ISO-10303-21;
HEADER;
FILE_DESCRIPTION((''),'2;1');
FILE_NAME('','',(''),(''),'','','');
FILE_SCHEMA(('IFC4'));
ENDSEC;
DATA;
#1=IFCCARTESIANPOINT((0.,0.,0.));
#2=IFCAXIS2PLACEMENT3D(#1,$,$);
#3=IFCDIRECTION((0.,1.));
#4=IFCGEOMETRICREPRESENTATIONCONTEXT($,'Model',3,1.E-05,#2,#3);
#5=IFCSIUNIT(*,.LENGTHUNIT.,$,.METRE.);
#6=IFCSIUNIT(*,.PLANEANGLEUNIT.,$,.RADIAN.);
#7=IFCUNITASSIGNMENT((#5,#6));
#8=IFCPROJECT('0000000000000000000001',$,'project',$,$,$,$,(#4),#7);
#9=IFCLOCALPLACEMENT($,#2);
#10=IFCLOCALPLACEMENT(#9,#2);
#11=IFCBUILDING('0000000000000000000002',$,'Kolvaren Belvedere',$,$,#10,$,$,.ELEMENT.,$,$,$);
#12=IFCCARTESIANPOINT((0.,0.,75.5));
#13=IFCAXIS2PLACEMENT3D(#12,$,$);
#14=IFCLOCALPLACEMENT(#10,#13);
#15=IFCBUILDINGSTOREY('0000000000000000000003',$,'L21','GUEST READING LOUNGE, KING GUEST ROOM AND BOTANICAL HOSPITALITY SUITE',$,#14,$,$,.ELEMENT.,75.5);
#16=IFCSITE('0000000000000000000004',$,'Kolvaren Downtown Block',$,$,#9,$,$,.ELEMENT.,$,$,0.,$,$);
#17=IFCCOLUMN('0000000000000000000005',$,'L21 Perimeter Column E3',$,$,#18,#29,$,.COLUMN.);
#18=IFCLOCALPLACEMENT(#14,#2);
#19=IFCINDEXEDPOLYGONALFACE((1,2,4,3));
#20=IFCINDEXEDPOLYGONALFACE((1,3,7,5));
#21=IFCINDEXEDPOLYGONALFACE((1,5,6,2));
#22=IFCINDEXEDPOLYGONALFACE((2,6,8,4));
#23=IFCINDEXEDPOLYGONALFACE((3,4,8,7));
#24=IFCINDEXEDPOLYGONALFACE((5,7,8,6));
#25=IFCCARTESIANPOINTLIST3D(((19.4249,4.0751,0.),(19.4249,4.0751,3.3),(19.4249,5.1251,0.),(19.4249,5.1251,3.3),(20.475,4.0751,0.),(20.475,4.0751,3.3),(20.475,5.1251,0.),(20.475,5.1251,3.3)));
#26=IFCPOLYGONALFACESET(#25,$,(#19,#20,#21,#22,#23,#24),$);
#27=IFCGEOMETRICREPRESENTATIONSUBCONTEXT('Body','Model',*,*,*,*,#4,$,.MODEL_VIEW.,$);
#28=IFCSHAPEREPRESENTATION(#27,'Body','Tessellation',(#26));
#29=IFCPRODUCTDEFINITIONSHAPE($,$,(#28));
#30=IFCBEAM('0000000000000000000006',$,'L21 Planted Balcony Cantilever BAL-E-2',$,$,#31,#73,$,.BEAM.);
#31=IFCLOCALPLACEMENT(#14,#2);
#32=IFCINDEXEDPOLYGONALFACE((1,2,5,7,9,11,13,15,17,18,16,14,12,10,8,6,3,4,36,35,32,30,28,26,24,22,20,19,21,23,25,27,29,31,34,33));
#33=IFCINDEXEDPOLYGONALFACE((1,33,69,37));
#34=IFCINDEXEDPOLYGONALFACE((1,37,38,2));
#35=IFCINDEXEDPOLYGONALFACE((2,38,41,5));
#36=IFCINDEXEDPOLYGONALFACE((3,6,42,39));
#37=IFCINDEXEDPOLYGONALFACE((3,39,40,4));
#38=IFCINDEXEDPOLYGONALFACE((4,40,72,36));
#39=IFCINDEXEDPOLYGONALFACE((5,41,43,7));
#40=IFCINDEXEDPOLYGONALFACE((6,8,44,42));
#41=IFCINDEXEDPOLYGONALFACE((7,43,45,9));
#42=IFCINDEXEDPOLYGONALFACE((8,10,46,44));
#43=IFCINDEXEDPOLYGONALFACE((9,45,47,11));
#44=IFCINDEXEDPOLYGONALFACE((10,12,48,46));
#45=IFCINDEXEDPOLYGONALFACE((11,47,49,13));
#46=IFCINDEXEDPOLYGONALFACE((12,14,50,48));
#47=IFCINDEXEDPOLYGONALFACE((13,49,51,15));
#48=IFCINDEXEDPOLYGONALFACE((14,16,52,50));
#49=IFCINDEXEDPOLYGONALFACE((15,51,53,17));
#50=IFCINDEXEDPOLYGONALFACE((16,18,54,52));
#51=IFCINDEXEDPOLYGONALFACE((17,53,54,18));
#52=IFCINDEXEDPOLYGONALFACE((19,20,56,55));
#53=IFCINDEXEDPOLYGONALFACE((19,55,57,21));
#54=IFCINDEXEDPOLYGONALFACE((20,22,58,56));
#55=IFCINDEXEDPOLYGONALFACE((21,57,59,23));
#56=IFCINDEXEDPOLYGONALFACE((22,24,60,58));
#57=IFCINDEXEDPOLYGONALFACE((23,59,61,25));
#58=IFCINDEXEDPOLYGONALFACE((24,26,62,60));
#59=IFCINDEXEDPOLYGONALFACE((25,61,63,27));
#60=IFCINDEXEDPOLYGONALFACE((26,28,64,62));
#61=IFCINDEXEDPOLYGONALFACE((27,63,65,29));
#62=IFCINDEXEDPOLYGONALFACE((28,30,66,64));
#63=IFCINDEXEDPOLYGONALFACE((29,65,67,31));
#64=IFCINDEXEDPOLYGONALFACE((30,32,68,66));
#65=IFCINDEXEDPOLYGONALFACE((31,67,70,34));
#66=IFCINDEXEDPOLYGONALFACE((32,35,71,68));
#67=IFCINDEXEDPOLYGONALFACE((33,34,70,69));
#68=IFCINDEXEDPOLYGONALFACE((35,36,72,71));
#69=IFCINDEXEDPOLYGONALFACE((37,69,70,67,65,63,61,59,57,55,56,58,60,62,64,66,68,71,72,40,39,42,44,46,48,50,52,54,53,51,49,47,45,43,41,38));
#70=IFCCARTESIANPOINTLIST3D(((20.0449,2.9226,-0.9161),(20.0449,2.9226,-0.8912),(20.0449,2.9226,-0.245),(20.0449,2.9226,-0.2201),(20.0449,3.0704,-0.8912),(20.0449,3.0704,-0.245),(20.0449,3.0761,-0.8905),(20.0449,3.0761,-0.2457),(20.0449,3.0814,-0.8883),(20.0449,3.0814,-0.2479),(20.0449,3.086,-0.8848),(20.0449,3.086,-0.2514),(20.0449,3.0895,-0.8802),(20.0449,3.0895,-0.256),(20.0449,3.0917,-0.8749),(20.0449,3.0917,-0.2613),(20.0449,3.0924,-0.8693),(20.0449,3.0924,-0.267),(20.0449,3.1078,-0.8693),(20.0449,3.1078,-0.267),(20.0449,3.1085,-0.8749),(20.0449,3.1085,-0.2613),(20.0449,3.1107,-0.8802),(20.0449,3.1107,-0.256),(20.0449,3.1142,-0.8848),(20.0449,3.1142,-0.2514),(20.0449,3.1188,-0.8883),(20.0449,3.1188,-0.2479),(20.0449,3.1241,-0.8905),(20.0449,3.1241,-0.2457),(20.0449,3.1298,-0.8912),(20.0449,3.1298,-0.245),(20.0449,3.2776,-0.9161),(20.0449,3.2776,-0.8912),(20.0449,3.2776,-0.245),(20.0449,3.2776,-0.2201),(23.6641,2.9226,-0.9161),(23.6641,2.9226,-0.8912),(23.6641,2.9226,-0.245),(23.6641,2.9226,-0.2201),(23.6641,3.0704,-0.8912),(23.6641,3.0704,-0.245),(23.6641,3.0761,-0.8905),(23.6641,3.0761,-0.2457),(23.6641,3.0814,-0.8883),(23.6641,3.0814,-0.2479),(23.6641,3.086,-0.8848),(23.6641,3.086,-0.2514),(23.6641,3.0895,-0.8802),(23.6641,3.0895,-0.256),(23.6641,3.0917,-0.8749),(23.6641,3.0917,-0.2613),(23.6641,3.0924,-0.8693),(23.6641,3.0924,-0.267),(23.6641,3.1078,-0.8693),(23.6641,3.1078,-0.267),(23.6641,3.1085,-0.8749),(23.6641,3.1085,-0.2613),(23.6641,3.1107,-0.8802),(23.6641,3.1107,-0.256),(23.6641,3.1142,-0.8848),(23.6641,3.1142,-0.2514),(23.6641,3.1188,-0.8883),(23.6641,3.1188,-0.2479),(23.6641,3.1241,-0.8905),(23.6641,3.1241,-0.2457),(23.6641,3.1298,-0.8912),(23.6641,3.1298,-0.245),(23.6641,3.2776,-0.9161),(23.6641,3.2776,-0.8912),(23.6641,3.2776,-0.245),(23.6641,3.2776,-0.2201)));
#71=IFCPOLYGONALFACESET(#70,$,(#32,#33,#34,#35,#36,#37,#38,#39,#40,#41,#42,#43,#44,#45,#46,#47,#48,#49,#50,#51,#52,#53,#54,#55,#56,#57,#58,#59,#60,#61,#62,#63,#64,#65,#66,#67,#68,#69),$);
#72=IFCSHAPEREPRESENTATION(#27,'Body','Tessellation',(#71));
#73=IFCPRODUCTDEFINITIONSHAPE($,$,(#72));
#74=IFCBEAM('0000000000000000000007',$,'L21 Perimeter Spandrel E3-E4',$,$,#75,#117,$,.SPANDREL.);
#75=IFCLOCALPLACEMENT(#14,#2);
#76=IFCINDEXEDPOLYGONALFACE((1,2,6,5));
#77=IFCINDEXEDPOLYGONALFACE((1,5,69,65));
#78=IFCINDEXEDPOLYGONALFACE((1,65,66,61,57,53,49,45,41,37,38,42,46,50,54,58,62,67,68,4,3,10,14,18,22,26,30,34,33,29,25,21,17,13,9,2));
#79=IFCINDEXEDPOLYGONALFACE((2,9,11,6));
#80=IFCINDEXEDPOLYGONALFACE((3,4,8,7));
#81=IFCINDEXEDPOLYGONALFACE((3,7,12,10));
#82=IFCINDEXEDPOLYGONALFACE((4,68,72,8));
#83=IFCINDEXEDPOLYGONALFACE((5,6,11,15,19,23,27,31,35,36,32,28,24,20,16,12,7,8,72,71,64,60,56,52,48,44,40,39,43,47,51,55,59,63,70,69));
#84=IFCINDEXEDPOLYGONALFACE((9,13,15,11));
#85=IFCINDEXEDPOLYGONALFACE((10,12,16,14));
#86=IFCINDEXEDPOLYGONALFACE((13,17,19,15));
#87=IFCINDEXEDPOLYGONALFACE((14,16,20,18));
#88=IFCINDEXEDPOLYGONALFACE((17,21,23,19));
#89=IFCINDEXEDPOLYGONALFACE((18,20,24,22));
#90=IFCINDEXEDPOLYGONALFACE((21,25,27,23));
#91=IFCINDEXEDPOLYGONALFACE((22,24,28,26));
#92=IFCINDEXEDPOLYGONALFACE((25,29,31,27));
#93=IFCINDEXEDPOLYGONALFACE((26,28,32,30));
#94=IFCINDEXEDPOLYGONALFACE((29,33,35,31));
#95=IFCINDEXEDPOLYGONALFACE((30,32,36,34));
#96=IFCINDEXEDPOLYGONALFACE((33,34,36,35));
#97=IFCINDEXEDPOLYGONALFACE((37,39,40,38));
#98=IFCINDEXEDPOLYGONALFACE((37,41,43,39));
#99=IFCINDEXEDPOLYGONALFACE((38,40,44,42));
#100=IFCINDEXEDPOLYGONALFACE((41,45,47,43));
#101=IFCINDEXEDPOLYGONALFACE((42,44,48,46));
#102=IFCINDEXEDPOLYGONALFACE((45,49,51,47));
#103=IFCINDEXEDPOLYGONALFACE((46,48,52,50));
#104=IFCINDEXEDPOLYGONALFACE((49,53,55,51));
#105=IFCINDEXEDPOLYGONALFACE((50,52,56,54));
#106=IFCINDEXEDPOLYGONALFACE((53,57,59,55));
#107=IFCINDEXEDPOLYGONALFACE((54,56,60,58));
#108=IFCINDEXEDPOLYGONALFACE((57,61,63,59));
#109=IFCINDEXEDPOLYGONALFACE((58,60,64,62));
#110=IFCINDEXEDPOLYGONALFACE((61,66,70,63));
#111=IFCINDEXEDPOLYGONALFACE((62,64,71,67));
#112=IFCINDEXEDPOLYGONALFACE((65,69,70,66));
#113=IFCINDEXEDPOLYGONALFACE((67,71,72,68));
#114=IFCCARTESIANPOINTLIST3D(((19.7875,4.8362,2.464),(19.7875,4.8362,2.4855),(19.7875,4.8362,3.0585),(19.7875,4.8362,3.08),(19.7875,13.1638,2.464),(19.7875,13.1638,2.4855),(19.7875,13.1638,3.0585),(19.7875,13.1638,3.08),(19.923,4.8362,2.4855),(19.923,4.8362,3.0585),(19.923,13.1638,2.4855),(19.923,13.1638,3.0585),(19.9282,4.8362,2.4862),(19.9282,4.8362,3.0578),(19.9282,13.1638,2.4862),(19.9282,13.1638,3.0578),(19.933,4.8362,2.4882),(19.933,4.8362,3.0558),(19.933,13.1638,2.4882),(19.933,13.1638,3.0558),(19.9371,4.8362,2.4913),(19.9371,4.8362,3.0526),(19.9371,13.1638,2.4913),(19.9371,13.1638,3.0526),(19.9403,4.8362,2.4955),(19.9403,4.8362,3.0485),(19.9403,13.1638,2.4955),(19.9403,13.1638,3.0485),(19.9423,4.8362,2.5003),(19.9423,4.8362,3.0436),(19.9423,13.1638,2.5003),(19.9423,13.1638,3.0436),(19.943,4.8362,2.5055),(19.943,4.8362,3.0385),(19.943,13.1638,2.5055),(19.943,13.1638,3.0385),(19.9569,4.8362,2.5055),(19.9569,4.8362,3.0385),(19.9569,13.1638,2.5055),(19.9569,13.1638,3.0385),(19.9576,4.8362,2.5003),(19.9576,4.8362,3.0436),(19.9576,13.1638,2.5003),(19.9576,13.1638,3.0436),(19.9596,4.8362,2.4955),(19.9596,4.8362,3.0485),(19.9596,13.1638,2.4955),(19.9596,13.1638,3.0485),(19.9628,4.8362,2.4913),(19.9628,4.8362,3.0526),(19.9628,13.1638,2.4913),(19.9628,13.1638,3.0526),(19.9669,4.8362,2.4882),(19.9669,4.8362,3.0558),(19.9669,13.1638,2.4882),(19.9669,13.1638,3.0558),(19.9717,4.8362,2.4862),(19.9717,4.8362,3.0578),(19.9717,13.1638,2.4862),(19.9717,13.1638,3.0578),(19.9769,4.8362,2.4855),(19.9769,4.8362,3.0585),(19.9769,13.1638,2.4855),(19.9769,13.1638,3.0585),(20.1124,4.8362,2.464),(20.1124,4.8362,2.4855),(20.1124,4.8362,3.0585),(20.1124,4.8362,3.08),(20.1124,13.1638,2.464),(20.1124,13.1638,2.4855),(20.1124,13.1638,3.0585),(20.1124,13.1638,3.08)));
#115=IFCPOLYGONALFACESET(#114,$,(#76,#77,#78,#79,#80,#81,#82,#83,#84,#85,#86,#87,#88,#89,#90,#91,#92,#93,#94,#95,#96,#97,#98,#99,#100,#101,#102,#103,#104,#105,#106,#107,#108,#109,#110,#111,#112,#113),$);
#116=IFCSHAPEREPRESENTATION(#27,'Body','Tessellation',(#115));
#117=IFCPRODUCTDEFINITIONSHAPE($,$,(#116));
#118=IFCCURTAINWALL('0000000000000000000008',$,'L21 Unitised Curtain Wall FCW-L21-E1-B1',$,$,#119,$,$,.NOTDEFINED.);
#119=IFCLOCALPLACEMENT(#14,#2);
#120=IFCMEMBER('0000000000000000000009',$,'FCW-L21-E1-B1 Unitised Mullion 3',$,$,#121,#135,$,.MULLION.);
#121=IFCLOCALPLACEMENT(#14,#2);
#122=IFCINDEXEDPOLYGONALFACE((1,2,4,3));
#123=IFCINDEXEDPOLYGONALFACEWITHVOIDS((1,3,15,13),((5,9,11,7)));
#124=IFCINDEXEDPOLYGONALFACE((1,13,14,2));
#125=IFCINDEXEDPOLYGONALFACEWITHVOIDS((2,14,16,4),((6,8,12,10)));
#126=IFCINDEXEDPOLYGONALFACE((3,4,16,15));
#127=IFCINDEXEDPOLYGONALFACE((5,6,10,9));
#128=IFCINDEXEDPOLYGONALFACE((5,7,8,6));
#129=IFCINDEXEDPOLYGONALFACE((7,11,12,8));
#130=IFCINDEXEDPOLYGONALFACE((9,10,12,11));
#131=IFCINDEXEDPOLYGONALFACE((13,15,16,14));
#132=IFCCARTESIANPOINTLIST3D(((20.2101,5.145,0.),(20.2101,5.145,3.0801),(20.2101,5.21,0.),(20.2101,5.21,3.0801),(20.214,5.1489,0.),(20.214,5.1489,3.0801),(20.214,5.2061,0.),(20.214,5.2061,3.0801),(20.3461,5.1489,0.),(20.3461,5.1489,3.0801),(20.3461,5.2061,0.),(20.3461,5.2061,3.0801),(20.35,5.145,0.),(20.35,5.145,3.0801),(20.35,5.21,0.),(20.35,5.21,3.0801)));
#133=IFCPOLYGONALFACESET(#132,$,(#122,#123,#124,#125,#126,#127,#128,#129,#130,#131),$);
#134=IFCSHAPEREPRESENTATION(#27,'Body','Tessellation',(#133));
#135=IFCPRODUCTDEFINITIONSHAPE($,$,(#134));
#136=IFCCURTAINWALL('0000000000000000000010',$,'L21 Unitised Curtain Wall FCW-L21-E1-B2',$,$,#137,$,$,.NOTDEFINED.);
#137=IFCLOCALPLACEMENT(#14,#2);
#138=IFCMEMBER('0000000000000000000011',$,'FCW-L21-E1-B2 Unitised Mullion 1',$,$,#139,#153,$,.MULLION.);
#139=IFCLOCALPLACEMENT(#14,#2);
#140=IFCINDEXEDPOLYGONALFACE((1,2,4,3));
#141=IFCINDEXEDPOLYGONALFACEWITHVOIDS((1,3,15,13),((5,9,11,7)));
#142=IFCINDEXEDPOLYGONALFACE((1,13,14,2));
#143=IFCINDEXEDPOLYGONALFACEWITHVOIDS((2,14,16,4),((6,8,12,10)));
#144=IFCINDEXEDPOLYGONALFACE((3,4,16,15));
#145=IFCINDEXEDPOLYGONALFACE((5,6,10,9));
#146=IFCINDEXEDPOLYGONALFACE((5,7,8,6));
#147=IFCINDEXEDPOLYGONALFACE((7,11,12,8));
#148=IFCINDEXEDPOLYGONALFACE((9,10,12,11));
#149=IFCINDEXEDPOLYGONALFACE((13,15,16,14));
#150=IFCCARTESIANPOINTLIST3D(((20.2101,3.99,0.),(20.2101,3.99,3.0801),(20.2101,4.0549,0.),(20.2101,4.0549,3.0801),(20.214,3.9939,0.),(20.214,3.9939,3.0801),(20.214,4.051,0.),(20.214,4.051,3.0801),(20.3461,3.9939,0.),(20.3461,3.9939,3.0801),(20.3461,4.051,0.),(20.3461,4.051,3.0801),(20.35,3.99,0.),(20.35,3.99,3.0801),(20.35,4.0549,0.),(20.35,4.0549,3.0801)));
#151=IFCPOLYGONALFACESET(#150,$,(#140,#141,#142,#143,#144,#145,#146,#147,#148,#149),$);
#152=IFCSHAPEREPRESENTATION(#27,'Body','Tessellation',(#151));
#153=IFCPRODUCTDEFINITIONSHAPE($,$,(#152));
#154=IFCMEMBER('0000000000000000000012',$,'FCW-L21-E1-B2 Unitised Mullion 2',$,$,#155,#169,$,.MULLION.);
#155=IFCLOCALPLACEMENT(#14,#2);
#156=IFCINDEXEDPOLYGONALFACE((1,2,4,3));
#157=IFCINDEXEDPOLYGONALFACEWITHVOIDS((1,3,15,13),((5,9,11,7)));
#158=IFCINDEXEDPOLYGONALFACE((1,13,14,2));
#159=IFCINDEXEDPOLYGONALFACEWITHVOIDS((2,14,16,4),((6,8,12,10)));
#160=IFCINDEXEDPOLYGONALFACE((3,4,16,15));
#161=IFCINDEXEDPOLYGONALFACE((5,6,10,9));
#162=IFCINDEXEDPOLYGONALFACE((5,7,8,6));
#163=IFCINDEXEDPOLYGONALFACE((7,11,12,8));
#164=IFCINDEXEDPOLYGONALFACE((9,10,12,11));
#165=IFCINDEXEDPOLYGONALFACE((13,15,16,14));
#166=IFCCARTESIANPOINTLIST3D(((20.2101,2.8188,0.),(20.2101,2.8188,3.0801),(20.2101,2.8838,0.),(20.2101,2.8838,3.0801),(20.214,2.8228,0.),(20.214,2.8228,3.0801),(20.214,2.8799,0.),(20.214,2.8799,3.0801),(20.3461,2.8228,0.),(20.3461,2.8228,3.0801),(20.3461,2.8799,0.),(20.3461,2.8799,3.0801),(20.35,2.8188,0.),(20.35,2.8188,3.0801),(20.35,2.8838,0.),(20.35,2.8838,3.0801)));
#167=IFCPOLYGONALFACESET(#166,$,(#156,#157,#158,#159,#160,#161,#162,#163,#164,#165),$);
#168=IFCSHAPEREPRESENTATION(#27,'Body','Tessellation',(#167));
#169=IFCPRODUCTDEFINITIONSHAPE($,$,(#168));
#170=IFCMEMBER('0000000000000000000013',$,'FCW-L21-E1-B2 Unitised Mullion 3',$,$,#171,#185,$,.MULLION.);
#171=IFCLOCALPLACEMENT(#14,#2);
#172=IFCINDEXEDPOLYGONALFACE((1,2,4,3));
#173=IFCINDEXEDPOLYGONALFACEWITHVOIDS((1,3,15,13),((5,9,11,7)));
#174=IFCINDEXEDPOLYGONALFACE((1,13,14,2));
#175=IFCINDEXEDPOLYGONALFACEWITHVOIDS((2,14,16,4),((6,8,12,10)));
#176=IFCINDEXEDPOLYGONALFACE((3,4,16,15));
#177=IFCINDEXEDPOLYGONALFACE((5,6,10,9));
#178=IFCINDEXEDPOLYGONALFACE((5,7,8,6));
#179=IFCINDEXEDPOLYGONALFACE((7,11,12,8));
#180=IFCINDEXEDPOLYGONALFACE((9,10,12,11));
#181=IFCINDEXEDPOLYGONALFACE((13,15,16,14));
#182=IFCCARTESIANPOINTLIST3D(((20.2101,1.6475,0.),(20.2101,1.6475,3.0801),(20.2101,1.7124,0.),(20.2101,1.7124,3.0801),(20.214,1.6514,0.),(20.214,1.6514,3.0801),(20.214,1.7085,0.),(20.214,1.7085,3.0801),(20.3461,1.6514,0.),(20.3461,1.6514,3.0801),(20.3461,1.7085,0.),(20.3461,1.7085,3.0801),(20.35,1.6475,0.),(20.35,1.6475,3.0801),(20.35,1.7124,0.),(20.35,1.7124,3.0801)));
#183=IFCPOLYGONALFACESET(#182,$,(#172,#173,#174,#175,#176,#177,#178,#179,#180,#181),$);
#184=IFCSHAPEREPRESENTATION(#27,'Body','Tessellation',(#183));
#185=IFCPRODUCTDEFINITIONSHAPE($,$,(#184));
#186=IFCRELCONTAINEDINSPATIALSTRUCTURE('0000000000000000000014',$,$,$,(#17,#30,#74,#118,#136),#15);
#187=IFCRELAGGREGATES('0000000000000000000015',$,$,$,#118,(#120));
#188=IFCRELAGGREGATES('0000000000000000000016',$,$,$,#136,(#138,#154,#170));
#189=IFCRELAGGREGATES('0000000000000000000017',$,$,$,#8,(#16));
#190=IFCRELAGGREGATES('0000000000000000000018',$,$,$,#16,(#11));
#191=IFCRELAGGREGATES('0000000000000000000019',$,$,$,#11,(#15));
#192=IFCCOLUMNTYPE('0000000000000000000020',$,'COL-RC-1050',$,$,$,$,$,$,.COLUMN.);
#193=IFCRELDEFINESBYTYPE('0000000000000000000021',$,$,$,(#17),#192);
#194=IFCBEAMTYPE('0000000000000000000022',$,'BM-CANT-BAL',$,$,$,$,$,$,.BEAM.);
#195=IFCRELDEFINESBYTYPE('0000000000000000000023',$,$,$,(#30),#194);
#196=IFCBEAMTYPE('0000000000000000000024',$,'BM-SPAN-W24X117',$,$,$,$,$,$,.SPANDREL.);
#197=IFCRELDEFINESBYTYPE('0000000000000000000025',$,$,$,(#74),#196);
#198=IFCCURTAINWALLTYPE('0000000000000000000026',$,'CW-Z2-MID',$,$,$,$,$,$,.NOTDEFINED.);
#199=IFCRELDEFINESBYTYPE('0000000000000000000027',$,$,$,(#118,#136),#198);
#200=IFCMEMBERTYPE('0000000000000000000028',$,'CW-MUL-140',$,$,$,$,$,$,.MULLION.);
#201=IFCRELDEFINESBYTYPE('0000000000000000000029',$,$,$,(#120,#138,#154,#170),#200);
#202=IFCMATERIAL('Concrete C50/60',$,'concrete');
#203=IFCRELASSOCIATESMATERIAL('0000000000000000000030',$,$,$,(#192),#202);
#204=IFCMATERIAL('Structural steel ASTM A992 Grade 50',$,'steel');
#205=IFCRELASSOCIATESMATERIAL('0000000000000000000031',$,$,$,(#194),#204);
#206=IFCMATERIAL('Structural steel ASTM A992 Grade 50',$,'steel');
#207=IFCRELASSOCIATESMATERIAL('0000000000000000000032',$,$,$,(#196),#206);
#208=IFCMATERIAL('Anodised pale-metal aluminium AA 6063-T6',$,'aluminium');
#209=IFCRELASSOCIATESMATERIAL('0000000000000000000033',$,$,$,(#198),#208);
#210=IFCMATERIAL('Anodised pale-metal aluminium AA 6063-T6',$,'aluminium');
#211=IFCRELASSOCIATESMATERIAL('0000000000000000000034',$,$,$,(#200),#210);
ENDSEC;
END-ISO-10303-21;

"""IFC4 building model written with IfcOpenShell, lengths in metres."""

from ifc_helpers import new_model, si_unit, direction, frame, origin, origin_2d, place, context, subcontext, project, spatial, rectangle, hollow_rectangle, i_section, extrude, material, material_profile, profile_set, type_object, element, aggregate, save


model = new_model("IFC4")

# Units and contexts
model_context = context("Model", 3, precision=1e-05, world=origin(), true_north=direction((0.0, 1.0)))
body_context = subcontext(model_context, "Body", "Model", "MODEL_VIEW")
ifc_project = project(units=[si_unit("LENGTHUNIT", "METRE"), si_unit("PLANEANGLEUNIT", "RADIAN")], contexts=[model_context])

# Site, building, storey
site_placement = place(None, origin())
site = spatial("IfcSite", under=ifc_project, at=site_placement, Name="Kolvaren Downtown Block", CompositionType="ELEMENT", RefElevation=0.0)
building_placement = place(site_placement, origin())
building = spatial("IfcBuilding", under=site, at=building_placement, Name="Kolvaren Belvedere", CompositionType="ELEMENT")
storey_placement = place(building_placement, frame((0.0, 0.0, 75.5)))
storey = spatial("IfcBuildingStorey", under=building, at=storey_placement, Name="L21", Description="GUEST READING LOUNGE, KING GUEST ROOM AND BOTANICAL HOSPITALITY SUITE", CompositionType="ELEMENT", Elevation=75.5)

# Column
ifc_material_1 = material(Name="Concrete C50/60", Category="concrete")
ifc_material_profile_1 = material_profile(ifc_material_1, rectangle(XDim=1.05, YDim=1.05, at=origin_2d()), Name="RC 1050X1050")
ifc_profile_set_1 = profile_set([ifc_material_profile_1], Name="Concrete C50/60")
column_type = type_object("IfcColumnType", Name="COL-RC-1050", PredefinedType="COLUMN", material=ifc_profile_set_1)
column_placement = place(storey_placement, frame((19.95, 4.6001, 0.0), z_axis=(0.0, 0.0, 1.0), x_axis=(1.0, 0.0, 0.0)))
element("IfcColumn", 1, at=column_placement, inside=storey, type_object=column_type, Name="L21 Perimeter Column E3", PredefinedType="COLUMN", context=body_context, shape_type="SweptSolid", body=[
    extrude(rectangle(XDim=1.05, YDim=1.05, at=origin_2d()), origin(), (0.0, 0.0, 1.0), 3.3),
])

# Beams
ifc_material_2 = material(Name="Structural steel ASTM A992 Grade 50", Category="steel")
ifc_material_profile_2 = material_profile(ifc_material_2, i_section(OverallWidth=0.355, OverallDepth=0.696, WebThickness=0.0154, FlangeThickness=0.0249, FilletRadius=0.022, at=origin_2d()), Name="W27X146")
ifc_profile_set_2 = profile_set([ifc_material_profile_2], Name="Structural steel ASTM A992 Grade 50")
beam_type_1 = type_object("IfcBeamType", Name="BM-CANT-BAL", PredefinedType="BEAM", material=ifc_profile_set_2)
beam_1_placement = place(storey_placement, frame((20.0449, 3.1001, -0.5681), z_axis=(1.0, 0.0, 0.0), x_axis=(0.0, 1.0, 0.0)))
element("IfcBeam", 2, at=beam_1_placement, inside=storey, type_object=beam_type_1, Name="L21 Planted Balcony Cantilever BAL-E-2", PredefinedType="BEAM", context=body_context, shape_type="SweptSolid", body=[
    extrude(i_section(OverallWidth=0.355, OverallDepth=0.696, WebThickness=0.0154, FlangeThickness=0.0249, FilletRadius=0.022, at=origin_2d()), origin(), (0.0, 0.0, 1.0), 3.6191),
])
ifc_material_3 = material(Name="Structural steel ASTM A992 Grade 50", Category="steel")
ifc_material_profile_3 = material_profile(ifc_material_3, i_section(OverallWidth=0.325, OverallDepth=0.616, WebThickness=0.0139, FlangeThickness=0.0215, FilletRadius=0.02, at=origin_2d()), Name="W24X117")
ifc_profile_set_3 = profile_set([ifc_material_profile_3], Name="Structural steel ASTM A992 Grade 50")
beam_type_2 = type_object("IfcBeamType", Name="BM-SPAN-W24X117", PredefinedType="SPANDREL", material=ifc_profile_set_3)
beam_2_placement = place(storey_placement, frame((19.95, 4.8362, 2.772), z_axis=(0.0, 1.0, 0.0), x_axis=(-1.0, 0.0, 0.0)))
element("IfcBeam", 3, at=beam_2_placement, inside=storey, type_object=beam_type_2, Name="L21 Perimeter Spandrel E3-E4", PredefinedType="SPANDREL", context=body_context, shape_type="SweptSolid", body=[
    extrude(i_section(OverallWidth=0.325, OverallDepth=0.616, WebThickness=0.0139, FlangeThickness=0.0215, FilletRadius=0.02, at=origin_2d()), origin(), (0.0, 0.0, 1.0), 8.3276),
])

# Curtain wall, member
ifc_material_4 = material(Name="Anodised pale-metal aluminium AA 6063-T6", Category="aluminium")
curtain_wall_type = type_object("IfcCurtainWallType", Name="CW-Z2-MID", PredefinedType="NOTDEFINED", material=ifc_material_4)
curtain_wall_1_placement = place(storey_placement, origin())
curtain_wall_1 = element("IfcCurtainWall", 4, at=curtain_wall_1_placement, inside=storey, type_object=curtain_wall_type, Name="L21 Unitised Curtain Wall FCW-L21-E1-B1", PredefinedType="NOTDEFINED")
ifc_material_5 = material(Name="Anodised pale-metal aluminium AA 6063-T6", Category="aluminium")
ifc_material_profile_4 = material_profile(ifc_material_5, hollow_rectangle(XDim=0.0649, YDim=0.1399, WallThickness=0.0039, at=origin_2d()), Name="ALU-MUL-140X65")
ifc_profile_set_4 = profile_set([ifc_material_profile_4], Name="Anodised pale-metal aluminium AA 6063-T6")
member_type_1 = type_object("IfcMemberType", Name="CW-MUL-140", PredefinedType="MULLION", material=ifc_profile_set_4)
member_1_placement = place(storey_placement, frame((20.28, 5.1775, 0.0), z_axis=(0.0, 0.0, 1.0), x_axis=(0.0, 1.0, 0.0)))
member_1 = element("IfcMember", 5, at=member_1_placement, type_object=member_type_1, Name="FCW-L21-E1-B1 Unitised Mullion 3", PredefinedType="MULLION", context=body_context, shape_type="SweptSolid", body=[
    extrude(hollow_rectangle(XDim=0.0649, YDim=0.1399, WallThickness=0.0039, at=origin_2d()), origin(), (0.0, 0.0, 1.0), 3.0801),
])
aggregate(curtain_wall_1, [member_1])

# Curtain wall, members
curtain_wall_2_placement = place(storey_placement, origin())
curtain_wall_2 = element("IfcCurtainWall", 6, at=curtain_wall_2_placement, inside=storey, type_object=curtain_wall_type, Name="L21 Unitised Curtain Wall FCW-L21-E1-B2", PredefinedType="NOTDEFINED")
member_2_placement = place(storey_placement, frame((20.28, 4.0225, 0.0), z_axis=(0.0, 0.0, 1.0), x_axis=(0.0, 1.0, 0.0)))
member_2 = element("IfcMember", 7, at=member_2_placement, type_object=member_type_1, Name="FCW-L21-E1-B2 Unitised Mullion 1", PredefinedType="MULLION", context=body_context, shape_type="SweptSolid", body=[
    extrude(hollow_rectangle(XDim=0.0649, YDim=0.1399, WallThickness=0.0039, at=origin_2d()), origin(), (0.0, 0.0, 1.0), 3.0801),
])
member_3_placement = place(storey_placement, frame((20.28, 2.8513, 0.0), z_axis=(0.0, 0.0, 1.0), x_axis=(0.0, 1.0, 0.0)))
member_3 = element("IfcMember", 8, at=member_3_placement, type_object=member_type_1, Name="FCW-L21-E1-B2 Unitised Mullion 2", PredefinedType="MULLION", context=body_context, shape_type="SweptSolid", body=[
    extrude(hollow_rectangle(XDim=0.0649, YDim=0.1399, WallThickness=0.0039, at=origin_2d()), origin(), (0.0, 0.0, 1.0), 3.0801),
])
member_4_placement = place(storey_placement, frame((20.28, 1.6799, 0.0), z_axis=(0.0, 0.0, 1.0), x_axis=(0.0, 1.0, 0.0)))
member_4 = element("IfcMember", 9, at=member_4_placement, type_object=member_type_1, Name="FCW-L21-E1-B2 Unitised Mullion 3", PredefinedType="MULLION", context=body_context, shape_type="SweptSolid", body=[
    extrude(hollow_rectangle(XDim=0.0649, YDim=0.1399, WallThickness=0.0039, at=origin_2d()), origin(), (0.0, 0.0, 1.0), 3.0801),
])

aggregate(curtain_wall_2, [member_2, member_3, member_4])

save(model, "model.ifc")
